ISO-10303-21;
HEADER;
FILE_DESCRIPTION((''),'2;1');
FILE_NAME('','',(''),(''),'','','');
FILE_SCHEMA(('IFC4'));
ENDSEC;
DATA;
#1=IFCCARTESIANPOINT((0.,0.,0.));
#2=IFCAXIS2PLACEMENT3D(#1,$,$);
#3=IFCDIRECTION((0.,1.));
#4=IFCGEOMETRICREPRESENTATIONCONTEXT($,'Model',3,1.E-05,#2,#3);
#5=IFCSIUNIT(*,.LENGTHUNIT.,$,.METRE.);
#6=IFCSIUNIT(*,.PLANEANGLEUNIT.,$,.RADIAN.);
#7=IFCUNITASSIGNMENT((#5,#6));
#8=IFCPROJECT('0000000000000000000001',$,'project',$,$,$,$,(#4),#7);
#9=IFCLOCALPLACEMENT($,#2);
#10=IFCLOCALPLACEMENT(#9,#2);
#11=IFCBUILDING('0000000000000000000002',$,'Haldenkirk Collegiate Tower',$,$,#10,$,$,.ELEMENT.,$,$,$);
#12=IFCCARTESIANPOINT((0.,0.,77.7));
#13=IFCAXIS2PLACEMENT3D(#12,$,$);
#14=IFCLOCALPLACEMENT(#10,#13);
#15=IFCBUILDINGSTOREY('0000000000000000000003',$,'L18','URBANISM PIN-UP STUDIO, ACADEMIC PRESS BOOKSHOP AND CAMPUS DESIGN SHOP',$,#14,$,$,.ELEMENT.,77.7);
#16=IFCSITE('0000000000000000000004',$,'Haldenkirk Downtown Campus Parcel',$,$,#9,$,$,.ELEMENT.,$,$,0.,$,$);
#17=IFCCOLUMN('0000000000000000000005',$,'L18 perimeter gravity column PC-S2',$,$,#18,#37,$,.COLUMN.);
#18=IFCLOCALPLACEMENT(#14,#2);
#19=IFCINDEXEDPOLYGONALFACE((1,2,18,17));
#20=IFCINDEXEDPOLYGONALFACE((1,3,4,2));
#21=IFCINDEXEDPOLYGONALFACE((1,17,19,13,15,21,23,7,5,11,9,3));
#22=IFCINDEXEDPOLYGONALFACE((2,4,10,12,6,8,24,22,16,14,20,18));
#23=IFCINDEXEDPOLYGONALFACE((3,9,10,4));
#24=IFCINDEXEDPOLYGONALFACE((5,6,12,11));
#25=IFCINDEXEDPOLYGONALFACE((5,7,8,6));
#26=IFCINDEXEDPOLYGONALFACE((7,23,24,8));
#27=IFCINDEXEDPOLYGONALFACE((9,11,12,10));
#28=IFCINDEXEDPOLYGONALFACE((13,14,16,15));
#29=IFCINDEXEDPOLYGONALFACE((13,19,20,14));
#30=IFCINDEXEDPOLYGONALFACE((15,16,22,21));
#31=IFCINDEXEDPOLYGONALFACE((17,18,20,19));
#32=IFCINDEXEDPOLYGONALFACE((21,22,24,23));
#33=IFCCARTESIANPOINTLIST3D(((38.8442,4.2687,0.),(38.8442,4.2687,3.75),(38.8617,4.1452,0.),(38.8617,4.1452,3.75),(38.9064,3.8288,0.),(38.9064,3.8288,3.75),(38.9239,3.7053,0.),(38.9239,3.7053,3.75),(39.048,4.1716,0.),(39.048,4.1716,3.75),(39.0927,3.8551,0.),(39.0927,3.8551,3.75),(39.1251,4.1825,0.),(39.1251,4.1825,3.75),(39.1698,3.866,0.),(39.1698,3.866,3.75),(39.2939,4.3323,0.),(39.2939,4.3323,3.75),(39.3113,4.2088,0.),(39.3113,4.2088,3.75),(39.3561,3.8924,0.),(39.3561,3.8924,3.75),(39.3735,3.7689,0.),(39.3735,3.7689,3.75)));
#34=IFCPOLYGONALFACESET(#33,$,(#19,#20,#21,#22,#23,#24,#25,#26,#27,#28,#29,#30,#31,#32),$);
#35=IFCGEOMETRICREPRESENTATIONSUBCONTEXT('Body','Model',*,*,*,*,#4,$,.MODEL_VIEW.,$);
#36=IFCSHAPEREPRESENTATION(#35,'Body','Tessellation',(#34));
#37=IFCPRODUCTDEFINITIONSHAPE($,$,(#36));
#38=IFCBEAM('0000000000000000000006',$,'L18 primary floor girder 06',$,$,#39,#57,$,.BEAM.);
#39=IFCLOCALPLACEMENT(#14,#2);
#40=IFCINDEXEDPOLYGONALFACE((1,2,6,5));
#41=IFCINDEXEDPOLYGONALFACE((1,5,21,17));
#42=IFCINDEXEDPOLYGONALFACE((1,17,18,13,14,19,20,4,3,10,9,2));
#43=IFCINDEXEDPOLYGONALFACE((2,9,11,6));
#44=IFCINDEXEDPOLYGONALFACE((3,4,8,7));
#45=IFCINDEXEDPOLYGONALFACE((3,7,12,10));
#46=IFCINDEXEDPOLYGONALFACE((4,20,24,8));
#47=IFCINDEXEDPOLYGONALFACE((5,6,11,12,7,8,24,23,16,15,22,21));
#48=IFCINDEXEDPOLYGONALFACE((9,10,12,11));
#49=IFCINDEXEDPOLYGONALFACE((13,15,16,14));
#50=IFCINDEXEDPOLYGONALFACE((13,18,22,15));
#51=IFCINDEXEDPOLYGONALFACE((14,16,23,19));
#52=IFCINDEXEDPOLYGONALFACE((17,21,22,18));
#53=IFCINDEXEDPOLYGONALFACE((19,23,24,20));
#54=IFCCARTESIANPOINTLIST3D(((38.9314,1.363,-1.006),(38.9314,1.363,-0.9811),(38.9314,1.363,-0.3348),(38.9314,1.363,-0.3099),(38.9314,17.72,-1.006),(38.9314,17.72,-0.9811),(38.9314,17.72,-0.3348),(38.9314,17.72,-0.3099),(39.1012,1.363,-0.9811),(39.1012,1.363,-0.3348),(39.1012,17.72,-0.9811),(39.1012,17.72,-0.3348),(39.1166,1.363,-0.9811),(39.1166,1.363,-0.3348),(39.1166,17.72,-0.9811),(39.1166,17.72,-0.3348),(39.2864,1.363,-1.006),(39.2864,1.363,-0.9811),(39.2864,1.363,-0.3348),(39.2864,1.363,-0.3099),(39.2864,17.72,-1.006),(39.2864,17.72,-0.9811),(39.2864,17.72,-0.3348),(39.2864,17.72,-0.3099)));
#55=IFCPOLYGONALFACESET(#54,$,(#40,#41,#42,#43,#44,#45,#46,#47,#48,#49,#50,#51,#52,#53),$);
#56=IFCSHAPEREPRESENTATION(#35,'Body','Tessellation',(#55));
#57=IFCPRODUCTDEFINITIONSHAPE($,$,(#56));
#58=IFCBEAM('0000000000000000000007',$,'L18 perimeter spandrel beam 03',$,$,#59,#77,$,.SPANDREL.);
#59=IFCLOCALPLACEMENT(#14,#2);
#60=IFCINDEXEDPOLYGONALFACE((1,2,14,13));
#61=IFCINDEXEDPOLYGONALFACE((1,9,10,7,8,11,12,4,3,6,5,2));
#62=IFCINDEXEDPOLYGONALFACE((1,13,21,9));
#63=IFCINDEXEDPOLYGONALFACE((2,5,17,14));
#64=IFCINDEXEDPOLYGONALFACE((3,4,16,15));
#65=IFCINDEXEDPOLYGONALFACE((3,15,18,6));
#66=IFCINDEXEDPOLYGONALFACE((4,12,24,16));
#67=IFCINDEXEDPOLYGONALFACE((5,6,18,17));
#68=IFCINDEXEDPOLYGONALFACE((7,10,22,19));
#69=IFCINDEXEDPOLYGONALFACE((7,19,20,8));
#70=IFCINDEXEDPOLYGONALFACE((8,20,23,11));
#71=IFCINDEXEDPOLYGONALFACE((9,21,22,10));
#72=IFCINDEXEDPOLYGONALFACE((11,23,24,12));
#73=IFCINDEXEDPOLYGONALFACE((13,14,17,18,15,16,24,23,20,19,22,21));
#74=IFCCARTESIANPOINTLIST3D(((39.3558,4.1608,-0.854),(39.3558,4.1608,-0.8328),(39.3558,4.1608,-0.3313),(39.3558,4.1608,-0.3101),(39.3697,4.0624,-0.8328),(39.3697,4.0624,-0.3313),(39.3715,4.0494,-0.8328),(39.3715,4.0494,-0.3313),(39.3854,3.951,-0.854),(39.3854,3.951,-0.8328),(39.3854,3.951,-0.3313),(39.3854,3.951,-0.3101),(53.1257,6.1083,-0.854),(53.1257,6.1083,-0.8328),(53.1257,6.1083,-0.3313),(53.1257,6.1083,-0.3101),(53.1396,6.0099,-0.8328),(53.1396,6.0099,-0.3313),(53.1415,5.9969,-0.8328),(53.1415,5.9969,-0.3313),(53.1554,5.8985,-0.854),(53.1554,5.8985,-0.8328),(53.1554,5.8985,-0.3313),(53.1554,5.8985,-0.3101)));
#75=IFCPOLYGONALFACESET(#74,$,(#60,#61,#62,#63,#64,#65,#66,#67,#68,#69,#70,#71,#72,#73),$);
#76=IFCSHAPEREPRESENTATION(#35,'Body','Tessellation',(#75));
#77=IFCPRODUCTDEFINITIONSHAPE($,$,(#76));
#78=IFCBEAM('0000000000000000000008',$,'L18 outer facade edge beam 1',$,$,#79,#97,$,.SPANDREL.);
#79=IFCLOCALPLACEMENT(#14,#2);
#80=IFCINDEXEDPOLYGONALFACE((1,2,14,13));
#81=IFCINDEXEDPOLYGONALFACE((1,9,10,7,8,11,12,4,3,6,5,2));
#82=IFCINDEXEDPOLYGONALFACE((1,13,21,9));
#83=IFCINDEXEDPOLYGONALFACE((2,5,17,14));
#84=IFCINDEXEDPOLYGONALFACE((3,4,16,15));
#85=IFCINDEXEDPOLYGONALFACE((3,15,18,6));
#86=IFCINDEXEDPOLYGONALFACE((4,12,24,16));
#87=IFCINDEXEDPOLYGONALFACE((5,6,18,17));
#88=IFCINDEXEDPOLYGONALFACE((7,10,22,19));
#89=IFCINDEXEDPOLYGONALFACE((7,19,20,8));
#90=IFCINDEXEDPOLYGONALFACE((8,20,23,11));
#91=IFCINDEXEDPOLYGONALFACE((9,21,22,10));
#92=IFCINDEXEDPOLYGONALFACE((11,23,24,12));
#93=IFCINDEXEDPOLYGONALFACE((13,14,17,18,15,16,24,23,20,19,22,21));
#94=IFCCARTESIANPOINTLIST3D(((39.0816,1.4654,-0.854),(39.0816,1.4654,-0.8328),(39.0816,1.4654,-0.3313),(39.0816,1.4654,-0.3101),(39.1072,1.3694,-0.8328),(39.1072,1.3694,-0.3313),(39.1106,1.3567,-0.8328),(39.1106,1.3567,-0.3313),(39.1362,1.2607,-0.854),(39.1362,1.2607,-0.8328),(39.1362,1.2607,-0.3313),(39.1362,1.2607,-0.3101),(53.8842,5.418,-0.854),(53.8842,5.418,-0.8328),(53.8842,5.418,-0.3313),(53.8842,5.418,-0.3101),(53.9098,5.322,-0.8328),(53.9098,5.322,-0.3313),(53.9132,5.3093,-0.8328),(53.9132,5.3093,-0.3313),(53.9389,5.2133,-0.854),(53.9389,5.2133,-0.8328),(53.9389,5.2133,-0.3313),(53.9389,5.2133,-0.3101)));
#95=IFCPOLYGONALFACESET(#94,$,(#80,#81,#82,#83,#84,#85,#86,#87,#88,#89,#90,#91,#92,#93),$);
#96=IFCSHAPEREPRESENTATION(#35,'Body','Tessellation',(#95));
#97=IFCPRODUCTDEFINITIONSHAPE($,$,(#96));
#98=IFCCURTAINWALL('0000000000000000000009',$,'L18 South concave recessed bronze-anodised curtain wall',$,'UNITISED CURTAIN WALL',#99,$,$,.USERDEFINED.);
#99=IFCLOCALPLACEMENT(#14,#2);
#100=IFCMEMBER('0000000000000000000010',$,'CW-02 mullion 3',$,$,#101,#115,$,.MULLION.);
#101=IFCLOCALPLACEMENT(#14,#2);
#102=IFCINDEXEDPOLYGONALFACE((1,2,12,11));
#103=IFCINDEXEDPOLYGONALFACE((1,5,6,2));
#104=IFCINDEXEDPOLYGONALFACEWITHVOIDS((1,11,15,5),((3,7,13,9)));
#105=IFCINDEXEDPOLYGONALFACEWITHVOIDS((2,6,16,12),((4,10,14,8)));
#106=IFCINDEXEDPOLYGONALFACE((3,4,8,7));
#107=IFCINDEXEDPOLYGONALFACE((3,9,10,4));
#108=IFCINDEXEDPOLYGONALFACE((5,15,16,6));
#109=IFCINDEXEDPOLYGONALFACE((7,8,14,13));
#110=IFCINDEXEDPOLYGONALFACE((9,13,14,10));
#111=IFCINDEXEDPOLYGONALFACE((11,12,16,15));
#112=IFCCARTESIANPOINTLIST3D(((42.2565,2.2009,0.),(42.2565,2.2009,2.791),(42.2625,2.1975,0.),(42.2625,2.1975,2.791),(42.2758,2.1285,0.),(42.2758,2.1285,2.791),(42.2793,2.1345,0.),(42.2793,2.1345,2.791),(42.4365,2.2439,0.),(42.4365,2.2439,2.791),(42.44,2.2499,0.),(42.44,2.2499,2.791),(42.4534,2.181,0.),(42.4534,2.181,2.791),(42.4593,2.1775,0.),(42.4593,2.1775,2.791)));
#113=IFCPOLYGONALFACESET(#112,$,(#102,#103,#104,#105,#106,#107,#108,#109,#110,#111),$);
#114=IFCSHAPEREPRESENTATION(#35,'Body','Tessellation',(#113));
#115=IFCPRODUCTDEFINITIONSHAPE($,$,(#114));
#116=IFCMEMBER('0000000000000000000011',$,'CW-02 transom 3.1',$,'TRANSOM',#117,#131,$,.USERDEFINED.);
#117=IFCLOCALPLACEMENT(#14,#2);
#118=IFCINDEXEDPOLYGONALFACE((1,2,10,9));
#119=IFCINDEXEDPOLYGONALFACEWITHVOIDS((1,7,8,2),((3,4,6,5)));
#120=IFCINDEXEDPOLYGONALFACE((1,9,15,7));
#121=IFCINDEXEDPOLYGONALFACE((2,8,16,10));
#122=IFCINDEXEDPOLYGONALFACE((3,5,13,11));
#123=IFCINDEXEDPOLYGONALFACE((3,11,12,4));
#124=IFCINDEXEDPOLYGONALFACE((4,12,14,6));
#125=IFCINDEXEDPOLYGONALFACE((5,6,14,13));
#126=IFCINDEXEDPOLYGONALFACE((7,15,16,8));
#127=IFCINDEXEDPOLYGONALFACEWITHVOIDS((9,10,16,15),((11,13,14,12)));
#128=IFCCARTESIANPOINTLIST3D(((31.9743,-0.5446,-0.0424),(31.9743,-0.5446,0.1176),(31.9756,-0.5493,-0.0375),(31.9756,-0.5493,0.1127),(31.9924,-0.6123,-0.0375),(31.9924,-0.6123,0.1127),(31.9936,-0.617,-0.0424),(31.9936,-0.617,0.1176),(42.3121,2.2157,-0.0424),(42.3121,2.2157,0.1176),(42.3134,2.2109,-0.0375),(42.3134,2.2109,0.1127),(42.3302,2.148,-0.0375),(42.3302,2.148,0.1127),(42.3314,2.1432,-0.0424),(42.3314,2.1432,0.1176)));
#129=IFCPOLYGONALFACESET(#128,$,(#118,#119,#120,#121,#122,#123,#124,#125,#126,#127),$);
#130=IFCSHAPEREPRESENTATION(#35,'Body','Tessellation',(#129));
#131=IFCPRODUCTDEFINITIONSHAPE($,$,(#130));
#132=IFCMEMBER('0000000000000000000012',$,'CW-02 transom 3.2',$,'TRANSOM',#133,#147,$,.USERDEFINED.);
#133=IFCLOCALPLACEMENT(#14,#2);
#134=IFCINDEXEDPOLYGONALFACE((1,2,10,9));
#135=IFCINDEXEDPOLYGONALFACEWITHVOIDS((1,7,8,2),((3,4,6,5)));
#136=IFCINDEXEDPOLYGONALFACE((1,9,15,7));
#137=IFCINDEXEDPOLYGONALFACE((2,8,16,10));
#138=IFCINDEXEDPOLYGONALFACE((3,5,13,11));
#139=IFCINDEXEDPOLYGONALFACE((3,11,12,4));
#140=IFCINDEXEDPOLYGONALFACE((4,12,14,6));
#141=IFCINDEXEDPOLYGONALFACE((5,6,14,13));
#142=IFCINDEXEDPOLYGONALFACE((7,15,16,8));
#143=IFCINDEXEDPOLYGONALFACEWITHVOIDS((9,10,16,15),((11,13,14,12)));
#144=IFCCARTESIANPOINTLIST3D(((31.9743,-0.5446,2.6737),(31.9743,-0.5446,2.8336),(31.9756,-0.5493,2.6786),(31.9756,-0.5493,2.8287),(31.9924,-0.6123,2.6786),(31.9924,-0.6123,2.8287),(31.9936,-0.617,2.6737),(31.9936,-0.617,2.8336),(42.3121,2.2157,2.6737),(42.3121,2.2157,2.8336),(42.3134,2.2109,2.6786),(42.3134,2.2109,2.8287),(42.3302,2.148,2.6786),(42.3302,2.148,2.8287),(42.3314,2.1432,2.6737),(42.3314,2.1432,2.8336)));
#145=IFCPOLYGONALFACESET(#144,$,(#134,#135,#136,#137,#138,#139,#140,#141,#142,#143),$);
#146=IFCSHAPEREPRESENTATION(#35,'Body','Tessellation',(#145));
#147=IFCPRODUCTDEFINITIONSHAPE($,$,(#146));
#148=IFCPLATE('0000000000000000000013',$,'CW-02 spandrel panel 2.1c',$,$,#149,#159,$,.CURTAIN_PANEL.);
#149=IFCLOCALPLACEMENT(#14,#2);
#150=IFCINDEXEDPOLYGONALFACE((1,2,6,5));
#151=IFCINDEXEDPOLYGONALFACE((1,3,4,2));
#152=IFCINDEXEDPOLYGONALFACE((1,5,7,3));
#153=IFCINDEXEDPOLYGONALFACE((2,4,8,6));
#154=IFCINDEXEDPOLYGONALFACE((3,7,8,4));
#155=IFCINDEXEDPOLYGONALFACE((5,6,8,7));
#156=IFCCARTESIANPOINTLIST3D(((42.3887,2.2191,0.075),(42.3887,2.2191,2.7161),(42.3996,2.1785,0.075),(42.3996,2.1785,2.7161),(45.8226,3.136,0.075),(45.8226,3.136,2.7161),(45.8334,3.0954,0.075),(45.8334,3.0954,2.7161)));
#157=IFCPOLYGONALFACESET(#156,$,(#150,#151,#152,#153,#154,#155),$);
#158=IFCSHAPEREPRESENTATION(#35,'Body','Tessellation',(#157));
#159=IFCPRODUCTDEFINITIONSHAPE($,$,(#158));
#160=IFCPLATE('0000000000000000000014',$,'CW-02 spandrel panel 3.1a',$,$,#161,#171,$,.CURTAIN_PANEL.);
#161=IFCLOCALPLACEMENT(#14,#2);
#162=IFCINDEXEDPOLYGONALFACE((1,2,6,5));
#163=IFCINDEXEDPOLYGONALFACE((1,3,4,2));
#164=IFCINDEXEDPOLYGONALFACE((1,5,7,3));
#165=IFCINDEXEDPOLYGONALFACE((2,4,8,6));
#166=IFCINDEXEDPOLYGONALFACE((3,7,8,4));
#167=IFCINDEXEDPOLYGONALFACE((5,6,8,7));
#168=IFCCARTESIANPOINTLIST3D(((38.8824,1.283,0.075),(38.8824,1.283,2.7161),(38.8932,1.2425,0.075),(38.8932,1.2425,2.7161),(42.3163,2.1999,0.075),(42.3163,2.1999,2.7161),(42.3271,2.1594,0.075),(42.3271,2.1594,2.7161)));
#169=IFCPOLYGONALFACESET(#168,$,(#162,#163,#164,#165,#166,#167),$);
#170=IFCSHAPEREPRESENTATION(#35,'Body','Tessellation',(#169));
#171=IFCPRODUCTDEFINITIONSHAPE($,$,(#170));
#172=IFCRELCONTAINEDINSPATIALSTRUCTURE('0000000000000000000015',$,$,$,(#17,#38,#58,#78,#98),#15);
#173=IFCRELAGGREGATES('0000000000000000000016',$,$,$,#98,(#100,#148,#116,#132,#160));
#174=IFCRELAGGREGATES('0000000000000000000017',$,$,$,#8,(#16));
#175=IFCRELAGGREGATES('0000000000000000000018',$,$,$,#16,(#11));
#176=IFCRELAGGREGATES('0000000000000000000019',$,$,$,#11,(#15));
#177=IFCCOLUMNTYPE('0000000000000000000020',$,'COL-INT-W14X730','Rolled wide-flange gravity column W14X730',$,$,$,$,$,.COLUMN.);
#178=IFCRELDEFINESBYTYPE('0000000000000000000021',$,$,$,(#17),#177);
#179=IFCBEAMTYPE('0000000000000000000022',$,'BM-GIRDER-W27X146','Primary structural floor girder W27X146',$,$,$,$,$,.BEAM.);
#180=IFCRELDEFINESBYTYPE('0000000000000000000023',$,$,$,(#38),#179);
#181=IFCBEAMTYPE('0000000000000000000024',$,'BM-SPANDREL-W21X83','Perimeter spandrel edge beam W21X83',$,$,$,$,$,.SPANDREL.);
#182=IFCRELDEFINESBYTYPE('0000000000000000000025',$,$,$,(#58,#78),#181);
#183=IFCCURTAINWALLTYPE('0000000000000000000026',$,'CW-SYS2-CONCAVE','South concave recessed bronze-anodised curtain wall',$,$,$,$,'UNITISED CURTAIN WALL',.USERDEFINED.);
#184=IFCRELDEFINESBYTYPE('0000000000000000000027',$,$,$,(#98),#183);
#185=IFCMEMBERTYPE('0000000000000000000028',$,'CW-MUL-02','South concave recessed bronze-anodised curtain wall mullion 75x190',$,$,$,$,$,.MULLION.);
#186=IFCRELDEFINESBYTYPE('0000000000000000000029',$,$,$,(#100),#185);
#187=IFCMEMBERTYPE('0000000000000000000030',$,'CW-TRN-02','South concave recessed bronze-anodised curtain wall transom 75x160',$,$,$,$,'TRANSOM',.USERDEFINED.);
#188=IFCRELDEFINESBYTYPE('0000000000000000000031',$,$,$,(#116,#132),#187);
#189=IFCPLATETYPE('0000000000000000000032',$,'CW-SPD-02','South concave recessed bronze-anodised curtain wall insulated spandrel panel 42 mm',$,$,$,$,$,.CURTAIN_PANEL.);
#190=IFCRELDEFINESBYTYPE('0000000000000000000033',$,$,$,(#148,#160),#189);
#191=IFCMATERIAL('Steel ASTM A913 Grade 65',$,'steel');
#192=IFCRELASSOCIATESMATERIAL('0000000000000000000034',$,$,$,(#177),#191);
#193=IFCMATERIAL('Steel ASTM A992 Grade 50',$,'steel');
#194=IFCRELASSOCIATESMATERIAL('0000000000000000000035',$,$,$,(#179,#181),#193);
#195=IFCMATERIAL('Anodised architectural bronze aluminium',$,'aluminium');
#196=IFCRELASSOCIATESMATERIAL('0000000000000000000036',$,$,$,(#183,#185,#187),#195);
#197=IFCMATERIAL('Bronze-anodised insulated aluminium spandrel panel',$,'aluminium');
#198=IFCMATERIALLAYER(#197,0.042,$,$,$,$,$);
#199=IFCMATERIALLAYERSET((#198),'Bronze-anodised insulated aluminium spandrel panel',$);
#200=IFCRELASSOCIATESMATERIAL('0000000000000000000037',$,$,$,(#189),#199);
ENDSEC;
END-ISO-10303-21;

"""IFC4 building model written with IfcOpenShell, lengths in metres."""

from ifc_helpers import new_model, si_unit, direction, frame, origin, origin_2d, place, context, subcontext, project, spatial, rectangle, hollow_rectangle, i_section, extrude, source, transform, mapped, material, layer, layer_set, material_profile, profile_set, type_object, element, aggregate, save


model = new_model("IFC4")

# Units and contexts
model_context = context("Model", 3, precision=1e-05, world=origin(), true_north=direction((0.0, 1.0)))
body_context = subcontext(model_context, "Body", "Model", "MODEL_VIEW")
ifc_project = project(units=[si_unit("LENGTHUNIT", "METRE"), si_unit("PLANEANGLEUNIT", "RADIAN")], contexts=[model_context])

# Site, building, storey
site_placement = place(None, origin())
site = spatial("IfcSite", under=ifc_project, at=site_placement, Name="Haldenkirk Downtown Campus Parcel", CompositionType="ELEMENT", RefElevation=0.0)
building_placement = place(site_placement, origin())
building = spatial("IfcBuilding", under=site, at=building_placement, Name="Haldenkirk Collegiate Tower", CompositionType="ELEMENT")
storey_placement = place(building_placement, frame((0.0, 0.0, 77.7)))
storey = spatial("IfcBuildingStorey", under=building, at=storey_placement, Name="L18", Description="URBANISM PIN-UP STUDIO, ACADEMIC PRESS BOOKSHOP AND CAMPUS DESIGN SHOP", CompositionType="ELEMENT", Elevation=77.7)

# Column
ifc_material_1 = material(Name="Steel ASTM A913 Grade 65", Category="steel")
ifc_material_profile_1 = material_profile(ifc_material_1, i_section(OverallWidth=0.4541, OverallDepth=0.5691, WebThickness=0.0779, FlangeThickness=0.1248, at=origin_2d()), Name="W14X730")
ifc_profile_set_1 = profile_set([ifc_material_profile_1], Name="Steel ASTM A913 Grade 65")
column_type = type_object("IfcColumnType", Name="COL-INT-W14X730", Description="Rolled wide-flange gravity column W14X730", PredefinedType="COLUMN", material=ifc_profile_set_1)
column_placement = place(storey_placement, frame((39.1089, 4.0188, 0.0), z_axis=(0.0, 0.0, 1.0), x_axis=(0.990146, 0.140037, 0.0)))
element("IfcColumn", 1, at=column_placement, inside=storey, type_object=column_type, Name="L18 perimeter gravity column PC-S2", PredefinedType="COLUMN", context=body_context, shape_type="SweptSolid", body=[
    extrude(i_section(OverallWidth=0.4541, OverallDepth=0.5691, WebThickness=0.0779, FlangeThickness=0.1248, at=origin_2d()), origin(), (0.0, 0.0, 1.0), 3.75),
])

# Beams
ifc_material_2 = material(Name="Steel ASTM A992 Grade 50", Category="steel")
ifc_material_profile_2 = material_profile(ifc_material_2, i_section(OverallWidth=0.355, OverallDepth=0.696, WebThickness=0.0154, FlangeThickness=0.0249, at=origin_2d()), Name="W27X146")
ifc_profile_set_2 = profile_set([ifc_material_profile_2], Name="Steel ASTM A992 Grade 50")
beam_type_1 = type_object("IfcBeamType", Name="BM-GIRDER-W27X146", Description="Primary structural floor girder W27X146", PredefinedType="BEAM", material=ifc_profile_set_2)
beam_1_placement = place(storey_placement, frame((39.1089, 1.363, -0.658), z_axis=(0.0, 1.0, 0.0), x_axis=(-1.0, 0.0, 0.0)))
element("IfcBeam", 2, at=beam_1_placement, inside=storey, type_object=beam_type_1, Name="L18 primary floor girder 06", PredefinedType="BEAM", context=body_context, shape_type="SweptSolid", body=[
    extrude(i_section(OverallWidth=0.355, OverallDepth=0.696, WebThickness=0.0154, FlangeThickness=0.0249, at=origin_2d()), origin(), (0.0, 0.0, 1.0), 16.3569),
])
ifc_material_profile_3 = material_profile(ifc_material_2, i_section(OverallWidth=0.2119, OverallDepth=0.5439, WebThickness=0.0132, FlangeThickness=0.0212, at=origin_2d()), Name="W21X83")
ifc_profile_set_3 = profile_set([ifc_material_profile_3], Name="Steel ASTM A992 Grade 50")
beam_type_2 = type_object("IfcBeamType", Name="BM-SPANDREL-W21X83", Description="Perimeter spandrel edge beam W21X83", PredefinedType="SPANDREL", material=ifc_profile_set_3)
beam_2_placement = place(storey_placement, frame((39.3706, 4.0559, -0.582), z_axis=(0.990146, 0.140038, 0.0), x_axis=(-0.140038, 0.990146, 0.0)))
element("IfcBeam", 3, at=beam_2_placement, inside=storey, type_object=beam_type_2, Name="L18 perimeter spandrel beam 03", PredefinedType="SPANDREL", context=body_context, shape_type="SweptSolid", body=[
    extrude(i_section(OverallWidth=0.2119, OverallDepth=0.5439, WebThickness=0.0132, FlangeThickness=0.0212, at=origin_2d()), origin(), (0.0, 0.0, 1.0), 13.907),
])
beam_3_placement = place(storey_placement, frame((39.1089, 1.363, -0.582), z_axis=(0.96615, 0.257982, 0.0), x_axis=(-0.257982, 0.96615, 0.0)))
element("IfcBeam", 4, at=beam_3_placement, inside=storey, type_object=beam_type_2, Name="L18 outer facade edge beam 1", PredefinedType="SPANDREL", context=body_context, shape_type="SweptSolid", body=[
    extrude(i_section(OverallWidth=0.2119, OverallDepth=0.5439, WebThickness=0.0132, FlangeThickness=0.0212, at=origin_2d()), origin(), (0.0, 0.0, 1.0), 15.3213),
])

# Curtain wall, members, plates
ifc_material_3 = material(Name="Anodised architectural bronze aluminium", Category="aluminium")
curtain_wall_type = type_object("IfcCurtainWallType", Name="CW-SYS2-CONCAVE", Description="South concave recessed bronze-anodised curtain wall", ElementType="UNITISED CURTAIN WALL", PredefinedType="USERDEFINED", material=ifc_material_3)
curtain_wall_placement = place(storey_placement, origin())
curtain_wall = element("IfcCurtainWall", 5, at=curtain_wall_placement, inside=storey, type_object=curtain_wall_type, Name="L18 South concave recessed bronze-anodised curtain wall", ObjectType="UNITISED CURTAIN WALL", PredefinedType="USERDEFINED")
ifc_material_profile_4 = material_profile(ifc_material_3, hollow_rectangle(XDim=0.075, YDim=0.1899, WallThickness=0.0049, at=origin_2d()), Name="CW-MUL-02")
ifc_profile_set_4 = profile_set([ifc_material_profile_4], Name="Anodised architectural bronze aluminium")
member_type_1 = type_object("IfcMemberType", Name="CW-MUL-02", Description="South concave recessed bronze-anodised curtain wall mullion 75x190", PredefinedType="MULLION", material=ifc_profile_set_4)
member_1_placement = place(storey_placement, frame((42.3579, 2.1892, 0.0), z_axis=(0.0, 0.0, 1.0), x_axis=(0.257976, -0.966151, 0.0)))
member_1 = element("IfcMember", 6, at=member_1_placement, type_object=member_type_1, Name="CW-02 mullion 3", PredefinedType="MULLION", context=body_context, shape_type="SweptSolid", body=[
    extrude(hollow_rectangle(XDim=0.075, YDim=0.1899, WallThickness=0.0049, at=origin_2d()), origin(), (0.0, 0.0, 1.0), 2.791),
])
ifc_material_profile_5 = material_profile(ifc_material_3, hollow_rectangle(XDim=0.075, YDim=0.1599, WallThickness=0.0049, at=origin_2d()), Name="CW-TRN-02")
ifc_profile_set_5 = profile_set([ifc_material_profile_5], Name="Anodised architectural bronze aluminium")
member_type_2 = type_object("IfcMemberType", Name="CW-TRN-02", Description="South concave recessed bronze-anodised curtain wall transom 75x160", ElementType="TRANSOM", PredefinedType="USERDEFINED", material=ifc_profile_set_5)
member_2_placement = place(storey_placement, frame((42.3218, 2.1794, 0.0376), z_axis=(-0.966154, -0.257967, 0.0), x_axis=(0.257967, -0.966154, 0.0)))
member_2 = element("IfcMember", 7, at=member_2_placement, type_object=member_type_2, Name="CW-02 transom 3.1", ObjectType="TRANSOM", PredefinedType="USERDEFINED", context=body_context, shape_type="SweptSolid", body=[
    extrude(hollow_rectangle(XDim=0.075, YDim=0.1599, WallThickness=0.0049, at=origin_2d()), origin(), (0.0, 0.0, 1.0), 10.7),
])
member_3_placement = place(storey_placement, frame((42.3218, 2.1794, 2.7537), z_axis=(-0.966154, -0.257967, 0.0), x_axis=(0.257967, -0.966154, 0.0)))
member_3 = element("IfcMember", 8, at=member_3_placement, type_object=member_type_2, Name="CW-02 transom 3.2", ObjectType="TRANSOM", PredefinedType="USERDEFINED", context=body_context, shape_type="SweptSolid", body=[
    extrude(hollow_rectangle(XDim=0.075, YDim=0.1599, WallThickness=0.0049, at=origin_2d()), origin(), (0.0, 0.0, 1.0), 10.7),
])
ifc_material_4 = material(Name="Bronze-anodised insulated aluminium spandrel panel", Category="aluminium")
ifc_layer_1 = layer(ifc_material_4, 0.042)
ifc_layer_set_1 = layer_set([ifc_layer_1], Name="Bronze-anodised insulated aluminium spandrel panel")
plate_type_1 = type_object("IfcPlateType", Name="CW-SPD-02", Description="South concave recessed bronze-anodised curtain wall insulated spandrel panel 42 mm", PredefinedType="CURTAIN_PANEL", material=ifc_layer_set_1)
shared_shape_1 = source(origin(), body_context, "Body", "SweptSolid", [
    extrude(rectangle(XDim=3.5542, YDim=0.042, at=origin_2d()), origin(), (0.0, 0.0, 1.0), 2.6411),
])
plate_1_placement = place(storey_placement, frame((44.1111, 2.6572, 0.075), z_axis=(0.0, 0.0, 1.0), x_axis=(-0.966151, -0.257976, 0.0)))
plate_1 = element("IfcPlate", 9, at=plate_1_placement, type_object=plate_type_1, Name="CW-02 spandrel panel 2.1c", PredefinedType="CURTAIN_PANEL", context=body_context, shape_type="MappedRepresentation", body=[
    mapped(shared_shape_1, transform((0.0, 0.0, 0.0), x_axis=(1.0, 0.0, 0.0), y_axis=(0.0, 1.0, 0.0), z_axis=(0.0, 0.0, 1.0), scale=1.0)),
])
plate_2_placement = place(storey_placement, frame((40.6047, 1.7212, 0.075), z_axis=(0.0, 0.0, 1.0), x_axis=(-0.966151, -0.257976, 0.0)))
plate_2 = element("IfcPlate", 10, at=plate_2_placement, type_object=plate_type_1, Name="CW-02 spandrel panel 3.1a", PredefinedType="CURTAIN_PANEL", context=body_context, shape_type="MappedRepresentation", body=[
    mapped(shared_shape_1, transform((0.0, 0.0, 0.0), x_axis=(1.0, 0.0, 0.0), y_axis=(0.0, 1.0, 0.0), z_axis=(0.0, 0.0, 1.0), scale=1.0)),
])
aggregate(curtain_wall, [member_1, plate_1, member_2, member_3, plate_2])

save(model, "model.ifc")
